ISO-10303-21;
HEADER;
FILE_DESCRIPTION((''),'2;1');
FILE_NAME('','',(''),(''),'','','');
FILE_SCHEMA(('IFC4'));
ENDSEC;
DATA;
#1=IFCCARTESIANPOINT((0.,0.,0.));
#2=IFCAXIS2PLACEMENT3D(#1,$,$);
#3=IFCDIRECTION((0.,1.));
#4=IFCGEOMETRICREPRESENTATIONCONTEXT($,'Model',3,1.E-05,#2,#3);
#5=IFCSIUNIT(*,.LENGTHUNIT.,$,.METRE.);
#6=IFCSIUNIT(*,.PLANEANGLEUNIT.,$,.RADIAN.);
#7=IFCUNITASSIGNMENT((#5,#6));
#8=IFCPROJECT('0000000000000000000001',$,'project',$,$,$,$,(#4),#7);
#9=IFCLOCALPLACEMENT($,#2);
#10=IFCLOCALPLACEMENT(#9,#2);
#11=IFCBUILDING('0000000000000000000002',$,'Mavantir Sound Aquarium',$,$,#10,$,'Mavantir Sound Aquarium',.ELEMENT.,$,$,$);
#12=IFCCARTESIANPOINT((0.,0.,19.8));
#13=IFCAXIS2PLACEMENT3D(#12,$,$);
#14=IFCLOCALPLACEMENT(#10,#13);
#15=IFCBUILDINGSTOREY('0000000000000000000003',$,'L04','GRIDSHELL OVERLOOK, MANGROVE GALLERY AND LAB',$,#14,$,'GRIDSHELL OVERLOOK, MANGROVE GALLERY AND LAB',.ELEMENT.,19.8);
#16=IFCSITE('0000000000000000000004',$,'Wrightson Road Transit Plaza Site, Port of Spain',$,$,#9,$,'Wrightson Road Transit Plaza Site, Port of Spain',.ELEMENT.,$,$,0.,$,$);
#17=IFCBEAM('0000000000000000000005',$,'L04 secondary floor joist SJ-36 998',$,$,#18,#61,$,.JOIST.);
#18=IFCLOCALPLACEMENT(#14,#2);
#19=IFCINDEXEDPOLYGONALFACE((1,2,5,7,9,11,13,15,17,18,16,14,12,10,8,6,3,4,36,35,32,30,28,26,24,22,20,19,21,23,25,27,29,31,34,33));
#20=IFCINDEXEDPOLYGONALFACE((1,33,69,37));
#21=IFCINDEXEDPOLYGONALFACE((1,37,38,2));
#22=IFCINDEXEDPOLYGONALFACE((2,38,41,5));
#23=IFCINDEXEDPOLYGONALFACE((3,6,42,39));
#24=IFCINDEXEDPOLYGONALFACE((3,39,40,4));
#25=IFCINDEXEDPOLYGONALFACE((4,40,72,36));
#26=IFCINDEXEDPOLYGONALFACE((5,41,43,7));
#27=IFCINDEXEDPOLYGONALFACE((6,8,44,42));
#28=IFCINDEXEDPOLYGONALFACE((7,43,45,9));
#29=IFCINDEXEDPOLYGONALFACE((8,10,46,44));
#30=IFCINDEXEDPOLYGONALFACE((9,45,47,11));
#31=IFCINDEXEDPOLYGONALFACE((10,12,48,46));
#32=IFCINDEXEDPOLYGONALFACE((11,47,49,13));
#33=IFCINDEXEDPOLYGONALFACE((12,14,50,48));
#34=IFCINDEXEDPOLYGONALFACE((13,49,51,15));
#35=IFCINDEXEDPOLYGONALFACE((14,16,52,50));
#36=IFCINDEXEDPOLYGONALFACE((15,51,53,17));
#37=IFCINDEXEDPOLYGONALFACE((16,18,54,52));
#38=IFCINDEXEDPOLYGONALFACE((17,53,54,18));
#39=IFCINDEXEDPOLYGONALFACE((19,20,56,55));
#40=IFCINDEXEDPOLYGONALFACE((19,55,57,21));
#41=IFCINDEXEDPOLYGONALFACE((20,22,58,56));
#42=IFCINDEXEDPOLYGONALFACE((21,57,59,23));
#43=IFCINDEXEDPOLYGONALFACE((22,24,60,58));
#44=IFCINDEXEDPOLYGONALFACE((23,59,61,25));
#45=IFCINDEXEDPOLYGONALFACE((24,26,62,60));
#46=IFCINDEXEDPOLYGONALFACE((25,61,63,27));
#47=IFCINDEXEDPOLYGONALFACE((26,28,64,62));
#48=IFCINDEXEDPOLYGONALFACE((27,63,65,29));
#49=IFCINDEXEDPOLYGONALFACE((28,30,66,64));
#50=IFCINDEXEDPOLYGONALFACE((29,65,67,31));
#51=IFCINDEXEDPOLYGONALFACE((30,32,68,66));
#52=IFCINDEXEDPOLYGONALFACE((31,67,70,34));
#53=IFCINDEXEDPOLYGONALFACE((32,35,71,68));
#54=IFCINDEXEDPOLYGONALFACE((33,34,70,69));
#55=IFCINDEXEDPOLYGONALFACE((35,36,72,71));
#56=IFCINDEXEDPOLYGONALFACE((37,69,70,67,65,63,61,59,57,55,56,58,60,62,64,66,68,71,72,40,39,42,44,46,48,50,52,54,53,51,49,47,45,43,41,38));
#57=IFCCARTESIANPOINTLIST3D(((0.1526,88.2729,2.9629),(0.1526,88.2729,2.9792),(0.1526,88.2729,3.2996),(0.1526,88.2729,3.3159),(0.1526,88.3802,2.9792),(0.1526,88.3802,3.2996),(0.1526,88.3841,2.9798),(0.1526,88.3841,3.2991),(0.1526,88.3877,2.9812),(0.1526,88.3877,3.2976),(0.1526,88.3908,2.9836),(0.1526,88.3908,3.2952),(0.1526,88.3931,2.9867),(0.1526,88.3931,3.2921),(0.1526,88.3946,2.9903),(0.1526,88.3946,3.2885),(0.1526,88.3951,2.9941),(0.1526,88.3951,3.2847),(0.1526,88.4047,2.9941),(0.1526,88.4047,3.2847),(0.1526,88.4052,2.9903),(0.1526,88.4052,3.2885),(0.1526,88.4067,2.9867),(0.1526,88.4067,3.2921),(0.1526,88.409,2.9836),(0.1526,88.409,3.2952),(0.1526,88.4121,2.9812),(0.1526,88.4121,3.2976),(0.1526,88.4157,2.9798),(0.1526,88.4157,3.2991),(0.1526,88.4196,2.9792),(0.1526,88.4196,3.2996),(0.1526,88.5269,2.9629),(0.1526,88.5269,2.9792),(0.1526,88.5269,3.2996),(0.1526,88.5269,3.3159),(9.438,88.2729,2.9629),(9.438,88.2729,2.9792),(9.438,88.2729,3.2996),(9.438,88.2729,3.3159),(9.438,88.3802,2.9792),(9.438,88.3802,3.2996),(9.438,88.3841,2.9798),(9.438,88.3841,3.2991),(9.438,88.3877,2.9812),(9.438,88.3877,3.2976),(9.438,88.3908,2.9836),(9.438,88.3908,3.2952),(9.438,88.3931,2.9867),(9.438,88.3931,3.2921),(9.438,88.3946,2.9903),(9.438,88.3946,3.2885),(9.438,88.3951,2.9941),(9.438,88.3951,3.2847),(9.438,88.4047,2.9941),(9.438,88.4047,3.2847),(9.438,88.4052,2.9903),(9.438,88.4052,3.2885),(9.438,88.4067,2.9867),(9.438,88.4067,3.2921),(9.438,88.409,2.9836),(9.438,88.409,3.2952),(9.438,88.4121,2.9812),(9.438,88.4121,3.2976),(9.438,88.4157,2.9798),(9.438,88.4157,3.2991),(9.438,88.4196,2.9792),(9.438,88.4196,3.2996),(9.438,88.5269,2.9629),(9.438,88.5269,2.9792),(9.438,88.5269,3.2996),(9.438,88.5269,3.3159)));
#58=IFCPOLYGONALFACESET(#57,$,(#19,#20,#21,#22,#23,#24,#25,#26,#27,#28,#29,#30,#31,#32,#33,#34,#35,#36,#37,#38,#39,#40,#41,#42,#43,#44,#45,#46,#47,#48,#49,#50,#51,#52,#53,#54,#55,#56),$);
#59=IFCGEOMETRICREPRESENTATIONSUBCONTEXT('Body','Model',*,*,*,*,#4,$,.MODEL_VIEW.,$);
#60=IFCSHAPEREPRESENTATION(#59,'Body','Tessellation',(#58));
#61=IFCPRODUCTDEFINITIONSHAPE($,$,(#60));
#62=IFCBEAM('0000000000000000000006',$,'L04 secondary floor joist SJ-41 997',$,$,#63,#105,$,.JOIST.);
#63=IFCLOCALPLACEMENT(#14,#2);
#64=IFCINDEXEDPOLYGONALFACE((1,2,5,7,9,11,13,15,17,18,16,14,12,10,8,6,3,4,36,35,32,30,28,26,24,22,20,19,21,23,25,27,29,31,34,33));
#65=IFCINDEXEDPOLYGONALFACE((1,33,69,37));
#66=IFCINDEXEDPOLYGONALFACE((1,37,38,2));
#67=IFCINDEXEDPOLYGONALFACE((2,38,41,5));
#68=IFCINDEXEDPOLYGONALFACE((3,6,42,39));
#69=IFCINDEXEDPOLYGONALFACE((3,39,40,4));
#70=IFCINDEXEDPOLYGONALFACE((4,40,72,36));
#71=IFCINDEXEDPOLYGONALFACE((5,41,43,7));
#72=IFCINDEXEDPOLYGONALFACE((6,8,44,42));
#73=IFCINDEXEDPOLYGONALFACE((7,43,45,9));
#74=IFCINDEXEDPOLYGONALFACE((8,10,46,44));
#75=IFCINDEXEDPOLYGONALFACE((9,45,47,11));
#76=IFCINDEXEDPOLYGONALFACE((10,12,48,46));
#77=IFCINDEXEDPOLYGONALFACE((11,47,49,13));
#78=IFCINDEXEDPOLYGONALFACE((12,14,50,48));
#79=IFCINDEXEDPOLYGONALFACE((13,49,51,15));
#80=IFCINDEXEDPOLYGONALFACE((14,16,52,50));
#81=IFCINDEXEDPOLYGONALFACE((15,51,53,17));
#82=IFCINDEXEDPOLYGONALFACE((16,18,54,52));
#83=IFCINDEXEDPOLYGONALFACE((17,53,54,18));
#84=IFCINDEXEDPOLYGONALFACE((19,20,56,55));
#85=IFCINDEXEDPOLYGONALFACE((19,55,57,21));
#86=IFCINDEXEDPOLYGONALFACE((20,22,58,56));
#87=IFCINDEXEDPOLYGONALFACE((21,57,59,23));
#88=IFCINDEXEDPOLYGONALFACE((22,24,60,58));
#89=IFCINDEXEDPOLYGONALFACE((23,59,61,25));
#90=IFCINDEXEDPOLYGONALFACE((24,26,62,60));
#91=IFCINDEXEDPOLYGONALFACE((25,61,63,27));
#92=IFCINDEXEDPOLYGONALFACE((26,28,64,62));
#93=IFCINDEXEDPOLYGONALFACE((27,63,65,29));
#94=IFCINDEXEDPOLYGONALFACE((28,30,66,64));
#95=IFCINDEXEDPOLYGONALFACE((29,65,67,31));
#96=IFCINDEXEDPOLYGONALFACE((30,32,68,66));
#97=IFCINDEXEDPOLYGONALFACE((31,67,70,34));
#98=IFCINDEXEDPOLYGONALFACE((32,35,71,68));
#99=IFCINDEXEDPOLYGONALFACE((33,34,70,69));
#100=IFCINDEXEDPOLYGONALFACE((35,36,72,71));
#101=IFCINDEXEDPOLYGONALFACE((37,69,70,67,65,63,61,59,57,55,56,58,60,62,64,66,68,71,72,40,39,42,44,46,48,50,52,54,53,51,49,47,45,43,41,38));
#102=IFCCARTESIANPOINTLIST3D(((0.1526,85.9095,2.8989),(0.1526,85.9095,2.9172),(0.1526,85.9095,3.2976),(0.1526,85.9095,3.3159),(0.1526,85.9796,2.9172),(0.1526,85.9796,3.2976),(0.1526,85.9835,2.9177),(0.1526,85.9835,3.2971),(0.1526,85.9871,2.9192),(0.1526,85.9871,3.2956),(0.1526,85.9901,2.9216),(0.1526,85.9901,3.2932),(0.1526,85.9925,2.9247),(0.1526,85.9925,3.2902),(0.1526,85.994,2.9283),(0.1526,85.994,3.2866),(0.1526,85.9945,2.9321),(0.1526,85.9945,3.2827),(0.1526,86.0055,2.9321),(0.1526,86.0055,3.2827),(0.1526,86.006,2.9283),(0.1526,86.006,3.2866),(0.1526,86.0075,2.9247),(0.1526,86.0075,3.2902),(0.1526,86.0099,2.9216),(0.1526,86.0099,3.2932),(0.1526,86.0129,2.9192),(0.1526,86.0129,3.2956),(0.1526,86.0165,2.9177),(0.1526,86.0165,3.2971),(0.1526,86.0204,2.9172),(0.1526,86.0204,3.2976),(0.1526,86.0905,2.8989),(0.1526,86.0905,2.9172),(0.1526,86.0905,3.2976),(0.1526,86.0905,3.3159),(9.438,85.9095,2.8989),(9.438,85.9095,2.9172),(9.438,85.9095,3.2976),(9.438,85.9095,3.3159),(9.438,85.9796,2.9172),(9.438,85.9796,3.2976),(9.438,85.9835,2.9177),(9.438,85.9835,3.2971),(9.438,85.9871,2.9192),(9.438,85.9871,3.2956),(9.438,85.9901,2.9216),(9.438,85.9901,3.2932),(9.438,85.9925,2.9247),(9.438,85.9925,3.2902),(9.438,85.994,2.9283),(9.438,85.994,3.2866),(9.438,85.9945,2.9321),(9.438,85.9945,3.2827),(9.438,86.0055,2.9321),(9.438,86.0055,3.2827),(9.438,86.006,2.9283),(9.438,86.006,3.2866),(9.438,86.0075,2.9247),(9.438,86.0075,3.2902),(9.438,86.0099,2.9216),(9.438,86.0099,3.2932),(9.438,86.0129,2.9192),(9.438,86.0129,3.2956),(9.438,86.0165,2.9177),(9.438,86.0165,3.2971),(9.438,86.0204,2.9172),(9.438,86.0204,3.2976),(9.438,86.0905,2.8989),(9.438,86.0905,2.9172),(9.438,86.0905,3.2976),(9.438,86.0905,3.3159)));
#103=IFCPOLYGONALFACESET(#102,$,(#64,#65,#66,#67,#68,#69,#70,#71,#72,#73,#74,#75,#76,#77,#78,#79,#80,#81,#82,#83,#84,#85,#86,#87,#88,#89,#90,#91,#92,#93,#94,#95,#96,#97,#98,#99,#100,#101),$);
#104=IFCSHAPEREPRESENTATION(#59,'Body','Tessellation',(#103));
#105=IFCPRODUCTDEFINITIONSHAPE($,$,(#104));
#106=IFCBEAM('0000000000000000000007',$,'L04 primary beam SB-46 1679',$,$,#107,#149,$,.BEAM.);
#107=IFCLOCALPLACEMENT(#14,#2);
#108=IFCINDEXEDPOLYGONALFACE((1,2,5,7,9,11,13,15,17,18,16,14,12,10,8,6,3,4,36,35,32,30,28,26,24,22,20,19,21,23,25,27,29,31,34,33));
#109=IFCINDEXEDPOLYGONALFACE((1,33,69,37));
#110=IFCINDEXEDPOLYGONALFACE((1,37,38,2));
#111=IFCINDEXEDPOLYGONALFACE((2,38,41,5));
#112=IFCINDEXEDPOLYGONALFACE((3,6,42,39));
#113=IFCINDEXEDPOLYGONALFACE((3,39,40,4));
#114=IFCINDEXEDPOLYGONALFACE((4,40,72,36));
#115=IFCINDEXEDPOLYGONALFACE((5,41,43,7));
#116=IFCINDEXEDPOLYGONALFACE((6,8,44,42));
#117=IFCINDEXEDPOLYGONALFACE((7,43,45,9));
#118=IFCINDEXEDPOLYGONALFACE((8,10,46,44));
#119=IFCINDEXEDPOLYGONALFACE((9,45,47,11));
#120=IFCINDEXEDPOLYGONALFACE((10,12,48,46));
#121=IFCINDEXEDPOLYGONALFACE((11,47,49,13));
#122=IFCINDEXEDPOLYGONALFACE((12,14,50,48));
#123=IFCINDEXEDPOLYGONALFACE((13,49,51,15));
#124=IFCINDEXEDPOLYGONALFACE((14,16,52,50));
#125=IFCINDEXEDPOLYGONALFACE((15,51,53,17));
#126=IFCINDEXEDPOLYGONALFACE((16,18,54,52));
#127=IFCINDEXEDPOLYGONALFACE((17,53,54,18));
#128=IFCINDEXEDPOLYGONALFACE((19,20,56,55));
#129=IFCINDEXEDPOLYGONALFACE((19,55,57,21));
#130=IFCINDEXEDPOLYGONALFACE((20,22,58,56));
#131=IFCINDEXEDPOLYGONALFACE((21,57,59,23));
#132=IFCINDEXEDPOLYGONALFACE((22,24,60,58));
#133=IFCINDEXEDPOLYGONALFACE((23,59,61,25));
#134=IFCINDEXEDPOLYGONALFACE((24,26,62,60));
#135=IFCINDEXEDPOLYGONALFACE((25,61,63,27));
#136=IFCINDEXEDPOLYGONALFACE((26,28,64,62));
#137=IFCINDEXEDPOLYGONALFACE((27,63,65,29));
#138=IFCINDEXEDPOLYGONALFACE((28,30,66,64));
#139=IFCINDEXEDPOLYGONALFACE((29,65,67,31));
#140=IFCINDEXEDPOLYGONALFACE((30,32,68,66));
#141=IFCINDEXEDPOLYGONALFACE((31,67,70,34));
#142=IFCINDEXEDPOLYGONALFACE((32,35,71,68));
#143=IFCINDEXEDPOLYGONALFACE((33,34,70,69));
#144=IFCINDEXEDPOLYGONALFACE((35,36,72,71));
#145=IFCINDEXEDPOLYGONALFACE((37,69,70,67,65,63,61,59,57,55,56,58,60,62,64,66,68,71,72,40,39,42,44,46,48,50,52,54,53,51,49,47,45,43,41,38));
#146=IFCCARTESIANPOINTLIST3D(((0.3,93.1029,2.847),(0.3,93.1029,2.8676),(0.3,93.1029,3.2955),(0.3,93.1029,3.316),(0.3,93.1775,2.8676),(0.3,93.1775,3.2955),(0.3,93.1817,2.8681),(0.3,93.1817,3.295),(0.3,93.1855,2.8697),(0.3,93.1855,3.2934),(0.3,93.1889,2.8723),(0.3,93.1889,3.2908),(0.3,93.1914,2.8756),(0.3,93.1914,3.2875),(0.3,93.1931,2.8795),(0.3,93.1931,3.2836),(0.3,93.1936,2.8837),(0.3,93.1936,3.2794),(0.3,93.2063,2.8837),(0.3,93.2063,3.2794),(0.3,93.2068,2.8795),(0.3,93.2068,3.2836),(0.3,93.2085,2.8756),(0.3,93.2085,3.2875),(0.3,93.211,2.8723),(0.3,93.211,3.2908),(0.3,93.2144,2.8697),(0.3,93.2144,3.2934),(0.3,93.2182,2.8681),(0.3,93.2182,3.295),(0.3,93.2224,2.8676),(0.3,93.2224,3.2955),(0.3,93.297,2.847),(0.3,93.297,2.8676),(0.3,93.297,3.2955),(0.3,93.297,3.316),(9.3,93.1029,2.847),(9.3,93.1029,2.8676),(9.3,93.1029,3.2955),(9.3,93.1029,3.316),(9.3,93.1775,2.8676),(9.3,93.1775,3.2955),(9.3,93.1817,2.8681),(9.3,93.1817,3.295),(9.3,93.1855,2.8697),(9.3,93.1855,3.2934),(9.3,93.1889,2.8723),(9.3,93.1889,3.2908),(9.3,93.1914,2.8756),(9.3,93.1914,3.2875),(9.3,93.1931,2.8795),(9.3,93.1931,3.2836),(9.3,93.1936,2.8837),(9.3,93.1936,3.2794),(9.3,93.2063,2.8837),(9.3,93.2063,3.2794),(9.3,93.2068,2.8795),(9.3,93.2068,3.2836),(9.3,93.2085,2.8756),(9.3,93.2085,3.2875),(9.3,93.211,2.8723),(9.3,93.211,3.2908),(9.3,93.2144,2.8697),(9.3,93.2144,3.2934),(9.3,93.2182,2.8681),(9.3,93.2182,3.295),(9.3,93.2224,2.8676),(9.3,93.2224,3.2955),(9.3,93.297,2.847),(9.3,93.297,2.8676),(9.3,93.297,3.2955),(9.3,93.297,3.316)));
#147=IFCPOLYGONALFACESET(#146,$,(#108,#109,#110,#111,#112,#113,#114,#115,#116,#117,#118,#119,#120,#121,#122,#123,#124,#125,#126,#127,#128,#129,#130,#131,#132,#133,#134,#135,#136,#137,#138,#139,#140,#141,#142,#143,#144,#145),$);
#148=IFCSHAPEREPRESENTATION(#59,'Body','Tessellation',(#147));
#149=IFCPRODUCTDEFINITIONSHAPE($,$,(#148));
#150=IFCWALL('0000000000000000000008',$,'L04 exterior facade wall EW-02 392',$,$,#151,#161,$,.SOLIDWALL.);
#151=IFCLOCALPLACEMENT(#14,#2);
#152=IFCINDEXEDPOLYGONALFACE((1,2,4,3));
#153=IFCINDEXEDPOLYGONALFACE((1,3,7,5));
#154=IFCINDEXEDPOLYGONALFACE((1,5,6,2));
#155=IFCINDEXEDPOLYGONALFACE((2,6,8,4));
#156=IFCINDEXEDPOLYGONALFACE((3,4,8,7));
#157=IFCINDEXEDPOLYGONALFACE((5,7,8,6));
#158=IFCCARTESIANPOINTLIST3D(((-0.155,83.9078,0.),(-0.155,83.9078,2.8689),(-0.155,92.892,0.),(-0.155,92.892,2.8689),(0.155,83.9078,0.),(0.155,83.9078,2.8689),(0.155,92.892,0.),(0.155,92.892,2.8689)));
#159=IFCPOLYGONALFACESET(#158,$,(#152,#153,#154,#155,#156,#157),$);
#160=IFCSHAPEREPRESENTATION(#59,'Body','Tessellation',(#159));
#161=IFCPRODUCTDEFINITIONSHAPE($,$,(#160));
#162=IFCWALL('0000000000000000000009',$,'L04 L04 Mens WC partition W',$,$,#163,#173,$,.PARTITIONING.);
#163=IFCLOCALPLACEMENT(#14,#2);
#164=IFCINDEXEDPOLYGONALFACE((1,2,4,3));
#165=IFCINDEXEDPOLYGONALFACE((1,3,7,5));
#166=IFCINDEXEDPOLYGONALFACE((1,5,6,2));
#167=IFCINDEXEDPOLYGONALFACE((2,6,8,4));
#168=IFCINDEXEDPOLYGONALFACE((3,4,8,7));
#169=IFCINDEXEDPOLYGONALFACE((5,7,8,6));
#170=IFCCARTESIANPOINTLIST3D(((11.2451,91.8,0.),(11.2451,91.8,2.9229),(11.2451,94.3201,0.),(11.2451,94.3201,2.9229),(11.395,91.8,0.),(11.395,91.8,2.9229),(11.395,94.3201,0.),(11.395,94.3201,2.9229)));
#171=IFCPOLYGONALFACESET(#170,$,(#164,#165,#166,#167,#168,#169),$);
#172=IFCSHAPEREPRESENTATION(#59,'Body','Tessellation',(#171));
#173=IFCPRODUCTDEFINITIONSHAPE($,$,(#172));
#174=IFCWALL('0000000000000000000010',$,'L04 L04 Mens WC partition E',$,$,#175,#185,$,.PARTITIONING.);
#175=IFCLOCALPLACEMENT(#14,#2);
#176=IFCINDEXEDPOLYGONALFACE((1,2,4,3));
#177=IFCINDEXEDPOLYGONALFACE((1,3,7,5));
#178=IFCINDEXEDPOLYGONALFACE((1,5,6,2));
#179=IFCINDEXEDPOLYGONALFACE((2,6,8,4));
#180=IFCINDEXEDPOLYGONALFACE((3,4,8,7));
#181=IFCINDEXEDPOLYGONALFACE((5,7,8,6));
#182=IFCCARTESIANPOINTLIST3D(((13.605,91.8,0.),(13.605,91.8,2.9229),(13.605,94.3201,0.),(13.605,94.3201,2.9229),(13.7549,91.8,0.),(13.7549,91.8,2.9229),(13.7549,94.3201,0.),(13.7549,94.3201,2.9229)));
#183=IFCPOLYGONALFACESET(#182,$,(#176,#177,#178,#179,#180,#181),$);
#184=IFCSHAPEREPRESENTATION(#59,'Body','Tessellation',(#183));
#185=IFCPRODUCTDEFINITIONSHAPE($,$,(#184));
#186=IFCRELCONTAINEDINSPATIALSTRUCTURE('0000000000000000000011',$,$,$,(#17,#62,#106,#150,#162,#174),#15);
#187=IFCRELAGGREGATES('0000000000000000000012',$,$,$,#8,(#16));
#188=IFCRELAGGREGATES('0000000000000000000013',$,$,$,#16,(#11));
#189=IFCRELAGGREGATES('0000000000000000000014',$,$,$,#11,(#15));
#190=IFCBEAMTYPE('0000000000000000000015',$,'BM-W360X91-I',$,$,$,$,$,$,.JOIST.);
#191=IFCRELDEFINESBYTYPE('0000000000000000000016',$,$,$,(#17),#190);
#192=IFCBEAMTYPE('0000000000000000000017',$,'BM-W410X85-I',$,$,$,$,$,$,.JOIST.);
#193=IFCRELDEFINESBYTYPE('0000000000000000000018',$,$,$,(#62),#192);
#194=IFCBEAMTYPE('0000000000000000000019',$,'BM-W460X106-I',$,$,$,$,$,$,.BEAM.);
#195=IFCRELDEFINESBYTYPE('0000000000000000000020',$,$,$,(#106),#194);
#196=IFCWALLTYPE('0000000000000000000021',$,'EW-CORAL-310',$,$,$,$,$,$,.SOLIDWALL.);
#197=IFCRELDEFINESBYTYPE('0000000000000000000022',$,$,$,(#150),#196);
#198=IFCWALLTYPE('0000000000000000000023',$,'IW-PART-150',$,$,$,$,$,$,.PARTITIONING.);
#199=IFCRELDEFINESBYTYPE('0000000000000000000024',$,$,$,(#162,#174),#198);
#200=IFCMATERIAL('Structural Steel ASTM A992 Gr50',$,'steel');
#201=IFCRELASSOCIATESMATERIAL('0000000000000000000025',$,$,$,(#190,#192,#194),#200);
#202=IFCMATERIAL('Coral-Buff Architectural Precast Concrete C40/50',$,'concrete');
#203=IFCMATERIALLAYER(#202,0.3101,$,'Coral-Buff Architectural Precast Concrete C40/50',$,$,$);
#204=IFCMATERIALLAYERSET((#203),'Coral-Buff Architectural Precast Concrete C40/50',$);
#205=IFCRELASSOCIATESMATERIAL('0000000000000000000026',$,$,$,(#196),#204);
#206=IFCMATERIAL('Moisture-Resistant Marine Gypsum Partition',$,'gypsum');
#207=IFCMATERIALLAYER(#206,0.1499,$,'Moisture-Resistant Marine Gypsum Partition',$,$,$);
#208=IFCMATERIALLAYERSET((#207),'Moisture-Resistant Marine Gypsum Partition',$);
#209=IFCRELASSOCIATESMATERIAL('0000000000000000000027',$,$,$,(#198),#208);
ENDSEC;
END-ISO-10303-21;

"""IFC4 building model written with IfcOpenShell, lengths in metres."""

from ifc_helpers import new_model, si_unit, direction, frame, frame_2d, origin, origin_2d, place, context, subcontext, project, spatial, rectangle, i_section, extrude, material, layer, layer_set, material_profile, profile_set, type_object, element, save


model = new_model("IFC4")

# Units and contexts
model_context = context("Model", 3, precision=1e-05, world=origin(), true_north=direction((0.0, 1.0)))
body_context = subcontext(model_context, "Body", "Model", "MODEL_VIEW")
ifc_project = project(units=[si_unit("LENGTHUNIT", "METRE"), si_unit("PLANEANGLEUNIT", "RADIAN")], contexts=[model_context])

# Site, building, storey
site_placement = place(None, origin())
site = spatial("IfcSite", under=ifc_project, at=site_placement, Name="Wrightson Road Transit Plaza Site, Port of Spain", LongName="Wrightson Road Transit Plaza Site, Port of Spain", CompositionType="ELEMENT", RefElevation=0.0)
building_placement = place(site_placement, origin())
building = spatial("IfcBuilding", under=site, at=building_placement, Name="Mavantir Sound Aquarium", LongName="Mavantir Sound Aquarium", CompositionType="ELEMENT")
storey_placement = place(building_placement, frame((0.0, 0.0, 19.8)))
storey = spatial("IfcBuildingStorey", under=building, at=storey_placement, Name="L04", Description="GRIDSHELL OVERLOOK, MANGROVE GALLERY AND LAB", LongName="GRIDSHELL OVERLOOK, MANGROVE GALLERY AND LAB", CompositionType="ELEMENT", Elevation=19.8)

# Beams
ifc_material_1 = material(Name="Structural Steel ASTM A992 Gr50", Category="steel")
ifc_material_profile_1 = material_profile(ifc_material_1, i_section(OverallWidth=0.2539, OverallDepth=0.353, WebThickness=0.0095, FlangeThickness=0.0164, FilletRadius=0.0149, at=origin_2d()), Name="W360X91")
ifc_profile_set_1 = profile_set([ifc_material_profile_1], Name="Structural Steel ASTM A992 Gr50")
beam_type_1 = type_object("IfcBeamType", Name="BM-W360X91-I", PredefinedType="JOIST", material=ifc_profile_set_1)
beam_1_placement = place(storey_placement, frame((0.1526, 88.3999, 3.1394), z_axis=(1.0, 0.0, 0.0), x_axis=(0.0, 1.0, 0.0)))
element("IfcBeam", 1, at=beam_1_placement, inside=storey, type_object=beam_type_1, Name="L04 secondary floor joist SJ-36 998", PredefinedType="JOIST", context=body_context, shape_type="SweptSolid", body=[
    extrude(i_section(OverallWidth=0.2539, OverallDepth=0.353, WebThickness=0.0095, FlangeThickness=0.0164, FilletRadius=0.0149, at=origin_2d()), origin(), (0.0, 0.0, 1.0), 9.2854),
])
ifc_material_profile_2 = material_profile(ifc_material_1, i_section(OverallWidth=0.1809, OverallDepth=0.417, WebThickness=0.011, FlangeThickness=0.0183, FilletRadius=0.0149, at=origin_2d()), Name="W410X85")
ifc_profile_set_2 = profile_set([ifc_material_profile_2], Name="Structural Steel ASTM A992 Gr50")
beam_type_2 = type_object("IfcBeamType", Name="BM-W410X85-I", PredefinedType="JOIST", material=ifc_profile_set_2)
beam_2_placement = place(storey_placement, frame((0.1526, 86.0, 3.1074), z_axis=(1.0, 0.0, 0.0), x_axis=(0.0, 1.0, 0.0)))
element("IfcBeam", 2, at=beam_2_placement, inside=storey, type_object=beam_type_2, Name="L04 secondary floor joist SJ-41 997", PredefinedType="JOIST", context=body_context, shape_type="SweptSolid", body=[
    extrude(i_section(OverallWidth=0.1809, OverallDepth=0.417, WebThickness=0.011, FlangeThickness=0.0183, FilletRadius=0.0149, at=origin_2d()), origin(), (0.0, 0.0, 1.0), 9.2854),
])
ifc_material_profile_3 = material_profile(ifc_material_1, i_section(OverallWidth=0.1941, OverallDepth=0.469, WebThickness=0.0127, FlangeThickness=0.0205, FilletRadius=0.0161, at=origin_2d()), Name="W460X106")
ifc_profile_set_3 = profile_set([ifc_material_profile_3], Name="Structural Steel ASTM A992 Gr50")
beam_type_3 = type_object("IfcBeamType", Name="BM-W460X106-I", PredefinedType="BEAM", material=ifc_profile_set_3)
beam_3_placement = place(storey_placement, frame((0.3, 93.2, 3.0815), z_axis=(1.0, 0.0, 0.0), x_axis=(0.0, 1.0, 0.0)))
element("IfcBeam", 3, at=beam_3_placement, inside=storey, type_object=beam_type_3, Name="L04 primary beam SB-46 1679", PredefinedType="BEAM", context=body_context, shape_type="SweptSolid", body=[
    extrude(i_section(OverallWidth=0.1941, OverallDepth=0.469, WebThickness=0.0127, FlangeThickness=0.0205, FilletRadius=0.0161, at=origin_2d()), origin(), (0.0, 0.0, 1.0), 9.0),
])

# Wall
ifc_material_2 = material(Name="Coral-Buff Architectural Precast Concrete C40/50", Category="concrete")
ifc_layer_1 = layer(ifc_material_2, 0.3101, Name="Coral-Buff Architectural Precast Concrete C40/50")
ifc_layer_set_1 = layer_set([ifc_layer_1], Name="Coral-Buff Architectural Precast Concrete C40/50")
wall_type_1 = type_object("IfcWallType", Name="EW-CORAL-310", PredefinedType="SOLIDWALL", material=ifc_layer_set_1)
wall_1_placement = place(storey_placement, frame((0.0, 92.8921, 0.0), z_axis=(0.0, 0.0, 1.0), x_axis=(0.0, -1.0, 0.0)))
element("IfcWall", 4, at=wall_1_placement, inside=storey, type_object=wall_type_1, Name="L04 exterior facade wall EW-02 392", PredefinedType="SOLIDWALL", context=body_context, shape_type="SweptSolid", body=[
    extrude(rectangle(XDim=8.9841, YDim=0.3101, at=frame_2d((4.4922, 0.0))), origin(), (0.0, 0.0, 1.0), 2.8689),
])

# Shared definitions
ifc_material_3 = material(Name="Moisture-Resistant Marine Gypsum Partition", Category="gypsum")
ifc_layer_2 = layer(ifc_material_3, 0.1499, Name="Moisture-Resistant Marine Gypsum Partition")
ifc_layer_set_2 = layer_set([ifc_layer_2], Name="Moisture-Resistant Marine Gypsum Partition")
wall_type_2 = type_object("IfcWallType", Name="IW-PART-150", PredefinedType="PARTITIONING", material=ifc_layer_set_2)

# Walls
for number, where, z_axis, x_axis, name in (
    (5, (11.3201, 91.8, 0.0), (0.0, 0.0, 1.0), (0.0, 1.0, 0.0), "L04 L04 Mens WC partition W"),
    (6, (13.6799, 91.8, 0.0), (0.0, 0.0, 1.0), (0.0, 1.0, 0.0), "L04 L04 Mens WC partition E"),
):
    element("IfcWall", number, at=place(storey_placement, frame(where, z_axis=z_axis, x_axis=x_axis)), inside=storey, type_object=wall_type_2, Name=name, PredefinedType="PARTITIONING", context=body_context, shape_type="SweptSolid", body=[
        extrude(rectangle(XDim=2.52, YDim=0.1499, at=frame_2d((1.26, 0.0))), origin(), (0.0, 0.0, 1.0), 2.9229),
    ])

save(model, "model.ifc")
